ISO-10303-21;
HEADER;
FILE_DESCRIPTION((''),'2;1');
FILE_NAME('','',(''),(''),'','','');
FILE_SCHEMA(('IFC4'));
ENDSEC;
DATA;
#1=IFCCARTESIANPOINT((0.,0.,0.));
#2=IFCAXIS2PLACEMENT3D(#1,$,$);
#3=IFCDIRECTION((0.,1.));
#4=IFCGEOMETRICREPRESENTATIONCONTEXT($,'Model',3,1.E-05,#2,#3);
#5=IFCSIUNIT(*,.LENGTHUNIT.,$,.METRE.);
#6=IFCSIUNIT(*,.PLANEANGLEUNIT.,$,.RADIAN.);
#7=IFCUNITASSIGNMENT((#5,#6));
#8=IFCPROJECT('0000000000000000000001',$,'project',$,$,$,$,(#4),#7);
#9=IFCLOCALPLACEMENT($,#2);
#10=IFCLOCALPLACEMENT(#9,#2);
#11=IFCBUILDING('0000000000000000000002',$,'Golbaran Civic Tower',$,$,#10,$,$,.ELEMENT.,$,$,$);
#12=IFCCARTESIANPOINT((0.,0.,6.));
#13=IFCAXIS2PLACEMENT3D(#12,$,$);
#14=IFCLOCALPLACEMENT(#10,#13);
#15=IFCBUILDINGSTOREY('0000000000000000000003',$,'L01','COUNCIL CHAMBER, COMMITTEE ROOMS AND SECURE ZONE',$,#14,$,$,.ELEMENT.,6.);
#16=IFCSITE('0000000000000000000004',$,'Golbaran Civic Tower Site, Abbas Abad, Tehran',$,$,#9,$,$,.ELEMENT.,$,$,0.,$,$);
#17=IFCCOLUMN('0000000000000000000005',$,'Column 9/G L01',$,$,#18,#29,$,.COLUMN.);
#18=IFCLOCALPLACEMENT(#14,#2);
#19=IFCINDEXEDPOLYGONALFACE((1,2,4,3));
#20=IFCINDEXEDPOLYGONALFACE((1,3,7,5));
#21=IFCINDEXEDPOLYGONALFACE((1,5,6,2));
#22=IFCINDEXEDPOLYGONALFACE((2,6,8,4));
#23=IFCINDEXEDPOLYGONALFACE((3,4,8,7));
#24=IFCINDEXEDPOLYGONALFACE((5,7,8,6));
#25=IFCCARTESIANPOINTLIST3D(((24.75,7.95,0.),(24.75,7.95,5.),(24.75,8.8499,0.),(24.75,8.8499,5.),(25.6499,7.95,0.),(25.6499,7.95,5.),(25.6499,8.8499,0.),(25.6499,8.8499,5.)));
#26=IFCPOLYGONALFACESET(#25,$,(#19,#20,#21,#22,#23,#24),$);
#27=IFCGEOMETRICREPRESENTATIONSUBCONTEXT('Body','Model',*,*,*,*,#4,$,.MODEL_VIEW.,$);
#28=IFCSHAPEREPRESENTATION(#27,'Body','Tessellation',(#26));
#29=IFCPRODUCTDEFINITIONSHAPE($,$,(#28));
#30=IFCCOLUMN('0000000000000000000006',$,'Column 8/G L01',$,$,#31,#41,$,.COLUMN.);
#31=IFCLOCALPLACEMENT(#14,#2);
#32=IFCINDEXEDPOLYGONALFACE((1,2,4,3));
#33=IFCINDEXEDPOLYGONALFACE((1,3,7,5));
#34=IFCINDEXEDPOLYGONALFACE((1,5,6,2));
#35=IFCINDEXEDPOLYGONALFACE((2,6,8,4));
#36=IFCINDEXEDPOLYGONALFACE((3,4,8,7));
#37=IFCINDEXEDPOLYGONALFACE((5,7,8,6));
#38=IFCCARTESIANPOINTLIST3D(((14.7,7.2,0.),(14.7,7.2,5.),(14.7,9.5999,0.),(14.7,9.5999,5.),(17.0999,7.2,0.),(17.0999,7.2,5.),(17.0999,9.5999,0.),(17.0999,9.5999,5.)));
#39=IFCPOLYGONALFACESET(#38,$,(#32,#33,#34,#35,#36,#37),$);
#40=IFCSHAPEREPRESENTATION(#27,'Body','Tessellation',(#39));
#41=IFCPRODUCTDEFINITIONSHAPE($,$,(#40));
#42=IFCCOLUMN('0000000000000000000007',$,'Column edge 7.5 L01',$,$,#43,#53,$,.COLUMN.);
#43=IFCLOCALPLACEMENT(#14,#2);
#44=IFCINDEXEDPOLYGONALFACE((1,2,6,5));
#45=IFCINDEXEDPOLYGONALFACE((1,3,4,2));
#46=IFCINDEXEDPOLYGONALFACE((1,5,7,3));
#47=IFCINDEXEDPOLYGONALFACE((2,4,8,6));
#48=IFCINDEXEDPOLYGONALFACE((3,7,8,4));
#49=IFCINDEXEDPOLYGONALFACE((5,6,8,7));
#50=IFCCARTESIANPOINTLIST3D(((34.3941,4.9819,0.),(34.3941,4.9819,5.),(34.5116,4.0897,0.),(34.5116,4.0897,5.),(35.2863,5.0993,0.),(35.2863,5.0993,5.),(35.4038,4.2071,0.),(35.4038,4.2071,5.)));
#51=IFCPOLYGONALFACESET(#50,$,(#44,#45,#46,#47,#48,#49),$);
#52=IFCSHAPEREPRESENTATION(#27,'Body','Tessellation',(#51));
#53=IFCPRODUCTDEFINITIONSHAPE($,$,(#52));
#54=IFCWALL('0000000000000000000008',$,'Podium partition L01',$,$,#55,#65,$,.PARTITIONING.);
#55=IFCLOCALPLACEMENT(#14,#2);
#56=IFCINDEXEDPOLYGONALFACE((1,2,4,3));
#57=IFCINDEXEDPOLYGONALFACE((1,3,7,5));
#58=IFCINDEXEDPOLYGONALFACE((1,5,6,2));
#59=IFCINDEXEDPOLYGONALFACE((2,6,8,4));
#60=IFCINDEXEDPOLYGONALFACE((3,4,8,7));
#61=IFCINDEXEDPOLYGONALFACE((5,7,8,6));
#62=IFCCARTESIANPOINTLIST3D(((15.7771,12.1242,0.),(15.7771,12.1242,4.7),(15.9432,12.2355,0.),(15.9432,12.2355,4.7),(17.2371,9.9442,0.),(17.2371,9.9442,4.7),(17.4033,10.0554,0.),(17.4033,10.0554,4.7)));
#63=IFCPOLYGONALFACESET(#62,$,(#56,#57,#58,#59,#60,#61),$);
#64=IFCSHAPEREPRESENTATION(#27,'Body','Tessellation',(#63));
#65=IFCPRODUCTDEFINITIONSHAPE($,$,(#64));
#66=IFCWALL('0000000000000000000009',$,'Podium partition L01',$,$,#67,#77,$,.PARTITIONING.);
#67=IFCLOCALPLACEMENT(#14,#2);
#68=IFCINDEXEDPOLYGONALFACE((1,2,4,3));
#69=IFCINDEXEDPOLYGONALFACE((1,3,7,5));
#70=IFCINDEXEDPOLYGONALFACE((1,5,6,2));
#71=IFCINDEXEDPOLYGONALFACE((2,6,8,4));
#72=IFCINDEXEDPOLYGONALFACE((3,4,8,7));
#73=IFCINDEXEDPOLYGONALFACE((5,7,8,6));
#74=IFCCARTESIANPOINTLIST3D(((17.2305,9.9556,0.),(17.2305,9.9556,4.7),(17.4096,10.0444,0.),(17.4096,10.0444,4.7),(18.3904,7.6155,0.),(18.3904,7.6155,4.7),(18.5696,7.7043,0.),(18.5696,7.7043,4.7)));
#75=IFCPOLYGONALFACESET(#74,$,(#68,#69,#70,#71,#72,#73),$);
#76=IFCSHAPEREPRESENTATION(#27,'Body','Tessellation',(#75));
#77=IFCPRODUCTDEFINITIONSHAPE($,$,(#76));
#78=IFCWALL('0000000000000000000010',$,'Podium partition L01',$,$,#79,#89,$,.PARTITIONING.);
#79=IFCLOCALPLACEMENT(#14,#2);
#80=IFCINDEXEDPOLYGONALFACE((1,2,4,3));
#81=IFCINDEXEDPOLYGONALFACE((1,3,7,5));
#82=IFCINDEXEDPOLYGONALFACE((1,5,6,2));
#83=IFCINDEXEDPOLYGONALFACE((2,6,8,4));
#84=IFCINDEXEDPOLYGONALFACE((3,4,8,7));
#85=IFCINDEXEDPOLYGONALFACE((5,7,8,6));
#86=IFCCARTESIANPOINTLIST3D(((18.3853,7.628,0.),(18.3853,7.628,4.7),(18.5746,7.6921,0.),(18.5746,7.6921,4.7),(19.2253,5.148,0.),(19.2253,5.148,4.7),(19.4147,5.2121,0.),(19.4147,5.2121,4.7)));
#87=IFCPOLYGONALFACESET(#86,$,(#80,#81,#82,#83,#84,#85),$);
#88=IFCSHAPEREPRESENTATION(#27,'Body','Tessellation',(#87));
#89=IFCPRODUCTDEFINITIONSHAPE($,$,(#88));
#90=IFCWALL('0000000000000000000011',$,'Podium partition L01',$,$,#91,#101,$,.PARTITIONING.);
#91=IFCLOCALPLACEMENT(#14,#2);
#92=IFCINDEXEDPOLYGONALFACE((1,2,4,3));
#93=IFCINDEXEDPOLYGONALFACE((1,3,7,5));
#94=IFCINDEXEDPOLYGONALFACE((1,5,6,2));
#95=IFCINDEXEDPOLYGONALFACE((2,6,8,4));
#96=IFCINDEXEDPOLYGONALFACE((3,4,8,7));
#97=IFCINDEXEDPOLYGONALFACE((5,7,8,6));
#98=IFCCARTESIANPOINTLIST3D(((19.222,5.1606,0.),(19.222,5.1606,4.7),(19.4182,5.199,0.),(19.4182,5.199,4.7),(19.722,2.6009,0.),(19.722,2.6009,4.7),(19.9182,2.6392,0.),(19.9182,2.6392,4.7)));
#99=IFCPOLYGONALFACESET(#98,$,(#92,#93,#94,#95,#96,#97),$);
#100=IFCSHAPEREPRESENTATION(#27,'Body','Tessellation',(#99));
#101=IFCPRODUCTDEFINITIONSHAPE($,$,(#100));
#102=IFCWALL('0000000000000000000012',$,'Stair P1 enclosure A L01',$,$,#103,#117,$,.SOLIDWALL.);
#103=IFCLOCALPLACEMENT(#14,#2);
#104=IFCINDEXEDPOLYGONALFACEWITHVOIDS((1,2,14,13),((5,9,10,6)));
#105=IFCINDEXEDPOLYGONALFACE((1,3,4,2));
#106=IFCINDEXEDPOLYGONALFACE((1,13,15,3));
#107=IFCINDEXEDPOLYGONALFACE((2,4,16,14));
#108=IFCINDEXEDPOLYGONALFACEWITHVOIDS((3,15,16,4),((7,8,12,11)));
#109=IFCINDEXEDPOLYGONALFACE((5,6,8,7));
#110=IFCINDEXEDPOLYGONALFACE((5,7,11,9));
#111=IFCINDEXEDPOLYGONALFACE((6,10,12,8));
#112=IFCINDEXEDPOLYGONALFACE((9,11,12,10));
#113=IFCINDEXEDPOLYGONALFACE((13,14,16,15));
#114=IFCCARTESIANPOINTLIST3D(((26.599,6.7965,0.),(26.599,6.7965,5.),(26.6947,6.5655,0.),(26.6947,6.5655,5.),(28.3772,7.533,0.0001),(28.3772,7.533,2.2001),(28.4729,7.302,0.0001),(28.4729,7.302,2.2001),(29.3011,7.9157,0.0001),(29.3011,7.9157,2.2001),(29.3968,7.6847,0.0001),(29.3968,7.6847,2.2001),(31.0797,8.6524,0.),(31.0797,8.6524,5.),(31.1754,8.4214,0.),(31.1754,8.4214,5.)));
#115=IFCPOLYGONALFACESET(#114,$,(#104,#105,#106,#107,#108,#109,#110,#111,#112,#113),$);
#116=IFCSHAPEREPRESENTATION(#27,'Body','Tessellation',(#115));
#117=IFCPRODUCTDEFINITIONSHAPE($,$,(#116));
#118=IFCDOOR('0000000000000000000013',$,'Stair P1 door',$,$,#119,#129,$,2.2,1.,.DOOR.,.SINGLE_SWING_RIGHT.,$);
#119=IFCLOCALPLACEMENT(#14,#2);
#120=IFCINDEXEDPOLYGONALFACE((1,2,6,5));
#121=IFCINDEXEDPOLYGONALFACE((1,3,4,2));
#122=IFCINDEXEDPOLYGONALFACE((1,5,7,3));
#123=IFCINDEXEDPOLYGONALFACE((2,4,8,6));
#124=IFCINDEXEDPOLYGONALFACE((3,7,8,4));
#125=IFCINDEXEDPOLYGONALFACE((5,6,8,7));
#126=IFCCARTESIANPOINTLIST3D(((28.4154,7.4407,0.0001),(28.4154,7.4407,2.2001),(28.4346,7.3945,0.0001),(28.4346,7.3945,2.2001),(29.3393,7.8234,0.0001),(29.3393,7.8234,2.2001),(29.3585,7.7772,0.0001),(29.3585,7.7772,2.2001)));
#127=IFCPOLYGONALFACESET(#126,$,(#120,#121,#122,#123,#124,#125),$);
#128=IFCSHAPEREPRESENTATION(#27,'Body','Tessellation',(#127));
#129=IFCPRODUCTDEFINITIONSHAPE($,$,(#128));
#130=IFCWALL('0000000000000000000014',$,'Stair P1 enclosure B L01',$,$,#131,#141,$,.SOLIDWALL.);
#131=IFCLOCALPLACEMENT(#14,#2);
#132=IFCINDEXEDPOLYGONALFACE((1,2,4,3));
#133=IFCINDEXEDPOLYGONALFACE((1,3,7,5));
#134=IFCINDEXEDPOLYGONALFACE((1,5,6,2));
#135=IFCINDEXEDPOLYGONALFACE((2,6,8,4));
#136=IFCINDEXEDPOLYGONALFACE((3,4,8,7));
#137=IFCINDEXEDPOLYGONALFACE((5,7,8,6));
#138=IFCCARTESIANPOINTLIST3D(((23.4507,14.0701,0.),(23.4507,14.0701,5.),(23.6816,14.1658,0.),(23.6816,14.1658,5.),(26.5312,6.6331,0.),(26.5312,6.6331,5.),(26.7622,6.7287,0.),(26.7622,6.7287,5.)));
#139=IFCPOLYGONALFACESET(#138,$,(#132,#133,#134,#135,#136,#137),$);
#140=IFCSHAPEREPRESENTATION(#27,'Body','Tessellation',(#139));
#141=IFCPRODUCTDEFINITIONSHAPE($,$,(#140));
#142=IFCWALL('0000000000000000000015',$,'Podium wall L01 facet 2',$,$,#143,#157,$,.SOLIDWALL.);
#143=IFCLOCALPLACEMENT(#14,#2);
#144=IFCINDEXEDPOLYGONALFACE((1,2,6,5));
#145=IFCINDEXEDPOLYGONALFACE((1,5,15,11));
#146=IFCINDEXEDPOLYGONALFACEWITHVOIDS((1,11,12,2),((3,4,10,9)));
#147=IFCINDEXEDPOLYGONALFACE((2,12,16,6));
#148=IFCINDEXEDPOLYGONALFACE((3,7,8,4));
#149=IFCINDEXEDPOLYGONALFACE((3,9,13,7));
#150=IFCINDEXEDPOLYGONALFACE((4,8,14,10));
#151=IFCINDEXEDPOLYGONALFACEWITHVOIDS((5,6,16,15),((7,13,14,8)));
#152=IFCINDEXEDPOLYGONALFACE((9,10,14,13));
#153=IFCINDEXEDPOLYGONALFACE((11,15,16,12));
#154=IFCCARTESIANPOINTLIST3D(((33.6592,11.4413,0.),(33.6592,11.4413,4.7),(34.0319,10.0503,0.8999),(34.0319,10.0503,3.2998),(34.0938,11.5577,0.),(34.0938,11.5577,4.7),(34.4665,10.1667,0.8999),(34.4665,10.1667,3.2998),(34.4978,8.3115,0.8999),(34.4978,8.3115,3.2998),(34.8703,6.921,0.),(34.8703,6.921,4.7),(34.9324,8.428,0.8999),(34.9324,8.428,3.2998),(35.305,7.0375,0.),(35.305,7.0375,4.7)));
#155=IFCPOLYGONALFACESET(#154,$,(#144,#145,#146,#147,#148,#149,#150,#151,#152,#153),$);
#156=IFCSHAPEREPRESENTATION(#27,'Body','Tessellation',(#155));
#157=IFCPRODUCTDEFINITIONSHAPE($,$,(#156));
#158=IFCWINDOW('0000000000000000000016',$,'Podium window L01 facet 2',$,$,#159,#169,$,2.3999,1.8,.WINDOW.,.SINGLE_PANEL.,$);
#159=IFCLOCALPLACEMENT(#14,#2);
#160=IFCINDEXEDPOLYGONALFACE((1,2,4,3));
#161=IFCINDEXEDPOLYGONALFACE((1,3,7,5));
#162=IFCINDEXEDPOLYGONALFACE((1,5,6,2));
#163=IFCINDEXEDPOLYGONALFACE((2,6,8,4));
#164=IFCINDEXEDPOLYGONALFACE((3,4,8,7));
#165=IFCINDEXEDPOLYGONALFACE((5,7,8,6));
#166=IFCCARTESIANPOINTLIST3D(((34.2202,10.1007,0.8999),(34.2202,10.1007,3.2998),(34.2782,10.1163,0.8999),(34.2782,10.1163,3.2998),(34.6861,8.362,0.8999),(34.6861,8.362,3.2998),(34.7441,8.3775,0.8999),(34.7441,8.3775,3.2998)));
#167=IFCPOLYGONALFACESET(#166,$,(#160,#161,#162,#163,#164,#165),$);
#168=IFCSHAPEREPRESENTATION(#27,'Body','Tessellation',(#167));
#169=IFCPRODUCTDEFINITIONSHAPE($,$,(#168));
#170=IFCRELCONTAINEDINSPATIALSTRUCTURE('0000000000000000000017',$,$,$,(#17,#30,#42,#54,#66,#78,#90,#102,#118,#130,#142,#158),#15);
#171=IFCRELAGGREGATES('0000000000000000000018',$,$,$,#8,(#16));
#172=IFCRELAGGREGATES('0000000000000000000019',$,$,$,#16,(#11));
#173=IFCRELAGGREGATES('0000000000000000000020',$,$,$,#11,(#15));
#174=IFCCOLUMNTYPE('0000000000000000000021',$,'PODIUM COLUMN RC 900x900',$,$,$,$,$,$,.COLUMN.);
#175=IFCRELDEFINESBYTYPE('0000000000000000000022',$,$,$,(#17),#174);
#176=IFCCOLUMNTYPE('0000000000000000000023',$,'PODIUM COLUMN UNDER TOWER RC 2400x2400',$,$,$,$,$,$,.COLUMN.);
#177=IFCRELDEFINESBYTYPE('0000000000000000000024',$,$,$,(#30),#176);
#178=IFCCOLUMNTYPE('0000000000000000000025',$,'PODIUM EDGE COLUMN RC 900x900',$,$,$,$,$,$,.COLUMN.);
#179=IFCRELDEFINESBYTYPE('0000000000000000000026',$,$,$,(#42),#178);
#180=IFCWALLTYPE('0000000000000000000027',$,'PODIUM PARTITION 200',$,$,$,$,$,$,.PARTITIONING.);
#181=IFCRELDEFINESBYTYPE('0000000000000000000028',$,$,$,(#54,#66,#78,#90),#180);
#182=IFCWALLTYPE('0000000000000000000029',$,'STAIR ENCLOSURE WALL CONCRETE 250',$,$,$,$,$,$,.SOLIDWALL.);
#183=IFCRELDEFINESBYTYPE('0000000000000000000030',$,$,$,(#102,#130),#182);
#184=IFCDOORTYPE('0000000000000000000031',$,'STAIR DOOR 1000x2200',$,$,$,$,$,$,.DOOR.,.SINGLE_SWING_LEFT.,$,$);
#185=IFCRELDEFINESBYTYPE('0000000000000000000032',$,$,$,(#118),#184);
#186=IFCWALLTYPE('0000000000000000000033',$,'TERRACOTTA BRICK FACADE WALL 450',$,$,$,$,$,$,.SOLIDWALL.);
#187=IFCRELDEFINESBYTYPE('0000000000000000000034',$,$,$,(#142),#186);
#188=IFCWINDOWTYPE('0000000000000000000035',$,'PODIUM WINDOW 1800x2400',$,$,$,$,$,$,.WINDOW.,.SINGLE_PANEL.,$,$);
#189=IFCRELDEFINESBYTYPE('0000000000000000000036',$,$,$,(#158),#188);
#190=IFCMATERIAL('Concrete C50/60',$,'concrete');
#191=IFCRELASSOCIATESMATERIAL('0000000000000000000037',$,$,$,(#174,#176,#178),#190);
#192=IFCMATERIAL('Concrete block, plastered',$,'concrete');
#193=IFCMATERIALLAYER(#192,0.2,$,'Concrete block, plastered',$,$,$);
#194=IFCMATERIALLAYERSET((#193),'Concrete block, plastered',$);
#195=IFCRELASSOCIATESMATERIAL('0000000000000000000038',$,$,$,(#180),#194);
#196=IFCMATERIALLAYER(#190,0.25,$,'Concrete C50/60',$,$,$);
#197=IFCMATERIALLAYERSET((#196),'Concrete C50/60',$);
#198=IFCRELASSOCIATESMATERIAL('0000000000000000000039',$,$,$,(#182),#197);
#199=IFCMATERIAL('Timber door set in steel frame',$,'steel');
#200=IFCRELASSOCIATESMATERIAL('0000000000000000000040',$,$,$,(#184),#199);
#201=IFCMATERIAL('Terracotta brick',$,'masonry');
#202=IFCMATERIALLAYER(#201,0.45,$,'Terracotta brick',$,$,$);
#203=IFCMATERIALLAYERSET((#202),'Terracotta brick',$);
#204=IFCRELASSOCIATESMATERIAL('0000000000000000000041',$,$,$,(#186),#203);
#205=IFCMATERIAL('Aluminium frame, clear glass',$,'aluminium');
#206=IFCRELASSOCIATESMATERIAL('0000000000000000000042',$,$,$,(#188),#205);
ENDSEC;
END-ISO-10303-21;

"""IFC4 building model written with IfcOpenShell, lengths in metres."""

from ifc_helpers import new_model, si_unit, direction, frame, frame_2d, origin, origin_2d, place, context, subcontext, project, spatial, rectangle, extrude, material, layer, layer_set, material_profile, profile_set, type_object, element, fill, save


model = new_model("IFC4")

# Units and contexts
model_context = context("Model", 3, precision=1e-05, world=origin(), true_north=direction((0.0, 1.0)))
body_context = subcontext(model_context, "Body", "Model", "MODEL_VIEW")
ifc_project = project(units=[si_unit("LENGTHUNIT", "METRE"), si_unit("PLANEANGLEUNIT", "RADIAN")], contexts=[model_context])

# Site, building, storey
site_placement = place(None, origin())
site = spatial("IfcSite", under=ifc_project, at=site_placement, Name="Golbaran Civic Tower Site, Abbas Abad, Tehran", CompositionType="ELEMENT", RefElevation=0.0)
building_placement = place(site_placement, origin())
building = spatial("IfcBuilding", under=site, at=building_placement, Name="Golbaran Civic Tower", CompositionType="ELEMENT")
storey_placement = place(building_placement, frame((0.0, 0.0, 6.0)))
storey = spatial("IfcBuildingStorey", under=building, at=storey_placement, Name="L01", Description="COUNCIL CHAMBER, COMMITTEE ROOMS AND SECURE ZONE", CompositionType="ELEMENT", Elevation=6.0)

# Columns
ifc_material_1 = material(Name="Concrete C50/60", Category="concrete")
ifc_material_profile_1 = material_profile(ifc_material_1, rectangle(XDim=0.8999, YDim=0.8999, at=origin_2d()), Name="RC 900x900")
ifc_profile_set_1 = profile_set([ifc_material_profile_1], Name="Concrete C50/60")
column_type_1 = type_object("IfcColumnType", Name="PODIUM COLUMN RC 900x900", PredefinedType="COLUMN", material=ifc_profile_set_1)
column_1_placement = place(storey_placement, frame((25.2, 8.3999, 0.0), z_axis=(0.0, 0.0, 1.0), x_axis=(1.0, 0.0, 0.0)))
element("IfcColumn", 1, at=column_1_placement, inside=storey, type_object=column_type_1, Name="Column 9/G L01", PredefinedType="COLUMN", context=body_context, shape_type="SweptSolid", body=[
    extrude(rectangle(XDim=0.8999, YDim=0.8999, at=origin_2d()), origin(), (0.0, 0.0, 1.0), 5.0),
])
ifc_material_profile_2 = material_profile(ifc_material_1, rectangle(XDim=2.3999, YDim=2.3999, at=origin_2d()), Name="RC 2400x2400")
ifc_profile_set_2 = profile_set([ifc_material_profile_2], Name="Concrete C50/60")
column_type_2 = type_object("IfcColumnType", Name="PODIUM COLUMN UNDER TOWER RC 2400x2400", PredefinedType="COLUMN", material=ifc_profile_set_2)
column_2_placement = place(storey_placement, frame((15.8999, 8.3999, 0.0), z_axis=(0.0, 0.0, 1.0), x_axis=(1.0, 0.0, 0.0)))
element("IfcColumn", 2, at=column_2_placement, inside=storey, type_object=column_type_2, Name="Column 8/G L01", PredefinedType="COLUMN", context=body_context, shape_type="SweptSolid", body=[
    extrude(rectangle(XDim=2.3999, YDim=2.3999, at=origin_2d()), origin(), (0.0, 0.0, 1.0), 5.0),
])
ifc_material_profile_3 = material_profile(ifc_material_1, rectangle(XDim=0.8999, YDim=0.8999, at=origin_2d()), Name="RC 900x900")
ifc_profile_set_3 = profile_set([ifc_material_profile_3], Name="Concrete C50/60")
column_type_3 = type_object("IfcColumnType", Name="PODIUM EDGE COLUMN RC 900x900", PredefinedType="COLUMN", material=ifc_profile_set_3)
column_3_placement = place(storey_placement, frame((34.8989, 4.5945, 0.0), z_axis=(0.0, 0.0, 1.0), x_axis=(0.991445, 0.130526, 0.0)))
element("IfcColumn", 3, at=column_3_placement, inside=storey, type_object=column_type_3, Name="Column edge 7.5 L01", PredefinedType="COLUMN", context=body_context, shape_type="SweptSolid", body=[
    extrude(rectangle(XDim=0.8999, YDim=0.8999, at=origin_2d()), origin(), (0.0, 0.0, 1.0), 5.0),
])

# Walls
ifc_material_2 = material(Name="Concrete block, plastered", Category="concrete")
ifc_layer_1 = layer(ifc_material_2, 0.2, Name="Concrete block, plastered")
ifc_layer_set_1 = layer_set([ifc_layer_1], Name="Concrete block, plastered")
wall_type_1 = type_object("IfcWallType", Name="PODIUM PARTITION 200", PredefinedType="PARTITIONING", material=ifc_layer_set_1)
wall_1_placement = place(storey_placement, frame((15.8601, 12.1799, 0.0), z_axis=(0.0, 0.0, 1.0), x_axis=(0.55646, -0.830875, 0.0)))
element("IfcWall", 4, at=wall_1_placement, inside=storey, type_object=wall_type_1, Name="Podium partition L01", PredefinedType="PARTITIONING", context=body_context, shape_type="SweptSolid", body=[
    extrude(rectangle(XDim=2.6238, YDim=0.2, at=frame_2d((1.312, 0.0))), origin(), (0.0, 0.0, 1.0), 4.7),
])
wall_2_placement = place(storey_placement, frame((17.3201, 10.0, 0.0), z_axis=(0.0, 0.0, 1.0), x_axis=(0.444107, -0.895974, 0.0)))
element("IfcWall", 5, at=wall_2_placement, inside=storey, type_object=wall_type_1, Name="Podium partition L01", PredefinedType="PARTITIONING", context=body_context, shape_type="SweptSolid", body=[
    extrude(rectangle(XDim=2.6118, YDim=0.2, at=frame_2d((1.3059, 0.0))), origin(), (0.0, 0.0, 1.0), 4.7),
])
wall_3_placement = place(storey_placement, frame((18.48, 7.6599, 0.0), z_axis=(0.0, 0.0, 1.0), x_axis=(0.320839, -0.947134, 0.0)))
element("IfcWall", 6, at=wall_3_placement, inside=storey, type_object=wall_type_1, Name="Podium partition L01", PredefinedType="PARTITIONING", context=body_context, shape_type="SweptSolid", body=[
    extrude(rectangle(XDim=2.6184, YDim=0.2, at=frame_2d((1.3091, 0.0))), origin(), (0.0, 0.0, 1.0), 4.7),
])
wall_4_placement = place(storey_placement, frame((19.3201, 5.1799, 0.0), z_axis=(0.0, 0.0, 1.0), x_axis=(0.191704, -0.981453, 0.0)))
element("IfcWall", 7, at=wall_4_placement, inside=storey, type_object=wall_type_1, Name="Podium partition L01", PredefinedType="PARTITIONING", context=body_context, shape_type="SweptSolid", body=[
    extrude(rectangle(XDim=2.6082, YDim=0.2, at=frame_2d((1.3042, 0.0))), origin(), (0.0, 0.0, 1.0), 4.7),
])

# Wall, opening, door
ifc_layer_2 = layer(ifc_material_1, 0.25, Name="Concrete C50/60")
ifc_layer_set_2 = layer_set([ifc_layer_2], Name="Concrete C50/60")
wall_type_2 = type_object("IfcWallType", Name="STAIR ENCLOSURE WALL CONCRETE 250", PredefinedType="SOLIDWALL", material=ifc_layer_set_2)
wall_5_placement = place(storey_placement, frame((31.1274, 8.5369, 0.0), z_axis=(0.0, 0.0, 1.0), x_axis=(-0.923881, -0.382681, 0.0)))
wall_5 = element("IfcWall", 8, at=wall_5_placement, inside=storey, type_object=wall_type_2, Name="Stair P1 enclosure A L01", PredefinedType="SOLIDWALL", context=body_context, shape_type="SweptSolid", body=[
    extrude(rectangle(XDim=4.8499, YDim=0.25, at=frame_2d((2.4248, 0.0))), origin(), (0.0, 0.0, 1.0), 5.0),
])
opening_1_placement = place(wall_5_placement, frame((1.925, 0.0, 0.0)))
opening_1 = element("IfcOpeningElement", 9, at=opening_1_placement, cuts=wall_5, PredefinedType="OPENING", context=body_context, shape_type="SweptSolid", body=[
    extrude(rectangle(XDim=1.0, YDim=2.2, at=frame_2d((0.5, 1.1001))), frame((0.0, 0.135, 0.0), z_axis=(0.0, -1.0, 0.0), x_axis=(1.0, 0.0, 0.0)), (0.0, 0.0, 1.0), 0.27),
])
ifc_material_3 = material(Name="Timber door set in steel frame", Category="steel")
door_type = type_object("IfcDoorType", Name="STAIR DOOR 1000x2200", OperationType="SINGLE_SWING_LEFT", PredefinedType="DOOR", material=ifc_material_3)
door_placement = place(opening_1_placement, origin())
door = element("IfcDoor", 10, at=door_placement, inside=storey, type_object=door_type, Name="Stair P1 door", OperationType="SINGLE_SWING_RIGHT", OverallHeight=2.2, OverallWidth=1.0, PredefinedType="DOOR", context=body_context, shape_type="SweptSolid", body=[
    extrude(rectangle(XDim=1.0, YDim=2.2, at=frame_2d((0.5, 1.1001))), frame((0.0, 0.0249, 0.0), z_axis=(0.0, -1.0, 0.0), x_axis=(1.0, 0.0, 0.0)), (0.0, 0.0, 1.0), 0.05),
])
fill(opening_1, door)

# Wall
wall_6_placement = place(storey_placement, frame((26.6467, 6.6809, 0.0), z_axis=(0.0, 0.0, 1.0), x_axis=(-0.382689, 0.923877, 0.0)))
element("IfcWall", 11, at=wall_6_placement, inside=storey, type_object=wall_type_2, Name="Stair P1 enclosure B L01", PredefinedType="SOLIDWALL", context=body_context, shape_type="SweptSolid", body=[
    extrude(rectangle(XDim=8.0498, YDim=0.25, at=frame_2d((4.0249, 0.0))), origin(), (0.0, 0.0, 1.0), 5.0),
])

# Wall, opening, window
ifc_material_4 = material(Name="Terracotta brick", Category="masonry")
ifc_layer_3 = layer(ifc_material_4, 0.45, Name="Terracotta brick")
ifc_layer_set_3 = layer_set([ifc_layer_3], Name="Terracotta brick")
wall_type_3 = type_object("IfcWallType", Name="TERRACOTTA BRICK FACADE WALL 450", PredefinedType="SOLIDWALL", material=ifc_layer_set_3)
wall_7_placement = place(storey_placement, frame((35.0876, 6.9792, 0.0), z_axis=(0.0, 0.0, 1.0), x_axis=(-0.258815, 0.965927, 0.0)))
wall_7 = element("IfcWall", 12, at=wall_7_placement, inside=storey, type_object=wall_type_3, Name="Podium wall L01 facet 2", PredefinedType="SOLIDWALL", context=body_context, shape_type="SweptSolid", body=[
    extrude(rectangle(XDim=4.6797, YDim=0.45, at=frame_2d((2.3398, 0.0))), origin(), (0.0, 0.0, 1.0), 4.7),
])
opening_2_placement = place(wall_7_placement, frame((1.4397, 0.0, 0.8999)))
opening_2 = element("IfcOpeningElement", 13, at=opening_2_placement, cuts=wall_7, PredefinedType="OPENING", context=body_context, shape_type="SweptSolid", body=[
    extrude(rectangle(XDim=1.8, YDim=2.3999, at=frame_2d((0.8999, 1.2))), frame((0.0, 0.2349, 0.0), z_axis=(0.0, -1.0, 0.0), x_axis=(1.0, 0.0, 0.0)), (0.0, 0.0, 1.0), 0.47),
])
ifc_material_5 = material(Name="Aluminium frame, clear glass", Category="aluminium")
window_type = type_object("IfcWindowType", Name="PODIUM WINDOW 1800x2400", PartitioningType="SINGLE_PANEL", PredefinedType="WINDOW", material=ifc_material_5)
window_1_placement = place(opening_2_placement, origin())
window_1 = element("IfcWindow", 14, at=window_1_placement, inside=storey, type_object=window_type, Name="Podium window L01 facet 2", OverallHeight=2.3999, OverallWidth=1.8, PartitioningType="SINGLE_PANEL", PredefinedType="WINDOW", context=body_context, shape_type="SweptSolid", body=[
    extrude(rectangle(XDim=1.8, YDim=2.3999, at=frame_2d((0.8999, 1.2))), frame((0.0, 0.03, 0.0), z_axis=(0.0, -1.0, 0.0), x_axis=(1.0, 0.0, 0.0)), (0.0, 0.0, 1.0), 0.0601),
])
fill(opening_2, window_1)

save(model, "model.ifc")
